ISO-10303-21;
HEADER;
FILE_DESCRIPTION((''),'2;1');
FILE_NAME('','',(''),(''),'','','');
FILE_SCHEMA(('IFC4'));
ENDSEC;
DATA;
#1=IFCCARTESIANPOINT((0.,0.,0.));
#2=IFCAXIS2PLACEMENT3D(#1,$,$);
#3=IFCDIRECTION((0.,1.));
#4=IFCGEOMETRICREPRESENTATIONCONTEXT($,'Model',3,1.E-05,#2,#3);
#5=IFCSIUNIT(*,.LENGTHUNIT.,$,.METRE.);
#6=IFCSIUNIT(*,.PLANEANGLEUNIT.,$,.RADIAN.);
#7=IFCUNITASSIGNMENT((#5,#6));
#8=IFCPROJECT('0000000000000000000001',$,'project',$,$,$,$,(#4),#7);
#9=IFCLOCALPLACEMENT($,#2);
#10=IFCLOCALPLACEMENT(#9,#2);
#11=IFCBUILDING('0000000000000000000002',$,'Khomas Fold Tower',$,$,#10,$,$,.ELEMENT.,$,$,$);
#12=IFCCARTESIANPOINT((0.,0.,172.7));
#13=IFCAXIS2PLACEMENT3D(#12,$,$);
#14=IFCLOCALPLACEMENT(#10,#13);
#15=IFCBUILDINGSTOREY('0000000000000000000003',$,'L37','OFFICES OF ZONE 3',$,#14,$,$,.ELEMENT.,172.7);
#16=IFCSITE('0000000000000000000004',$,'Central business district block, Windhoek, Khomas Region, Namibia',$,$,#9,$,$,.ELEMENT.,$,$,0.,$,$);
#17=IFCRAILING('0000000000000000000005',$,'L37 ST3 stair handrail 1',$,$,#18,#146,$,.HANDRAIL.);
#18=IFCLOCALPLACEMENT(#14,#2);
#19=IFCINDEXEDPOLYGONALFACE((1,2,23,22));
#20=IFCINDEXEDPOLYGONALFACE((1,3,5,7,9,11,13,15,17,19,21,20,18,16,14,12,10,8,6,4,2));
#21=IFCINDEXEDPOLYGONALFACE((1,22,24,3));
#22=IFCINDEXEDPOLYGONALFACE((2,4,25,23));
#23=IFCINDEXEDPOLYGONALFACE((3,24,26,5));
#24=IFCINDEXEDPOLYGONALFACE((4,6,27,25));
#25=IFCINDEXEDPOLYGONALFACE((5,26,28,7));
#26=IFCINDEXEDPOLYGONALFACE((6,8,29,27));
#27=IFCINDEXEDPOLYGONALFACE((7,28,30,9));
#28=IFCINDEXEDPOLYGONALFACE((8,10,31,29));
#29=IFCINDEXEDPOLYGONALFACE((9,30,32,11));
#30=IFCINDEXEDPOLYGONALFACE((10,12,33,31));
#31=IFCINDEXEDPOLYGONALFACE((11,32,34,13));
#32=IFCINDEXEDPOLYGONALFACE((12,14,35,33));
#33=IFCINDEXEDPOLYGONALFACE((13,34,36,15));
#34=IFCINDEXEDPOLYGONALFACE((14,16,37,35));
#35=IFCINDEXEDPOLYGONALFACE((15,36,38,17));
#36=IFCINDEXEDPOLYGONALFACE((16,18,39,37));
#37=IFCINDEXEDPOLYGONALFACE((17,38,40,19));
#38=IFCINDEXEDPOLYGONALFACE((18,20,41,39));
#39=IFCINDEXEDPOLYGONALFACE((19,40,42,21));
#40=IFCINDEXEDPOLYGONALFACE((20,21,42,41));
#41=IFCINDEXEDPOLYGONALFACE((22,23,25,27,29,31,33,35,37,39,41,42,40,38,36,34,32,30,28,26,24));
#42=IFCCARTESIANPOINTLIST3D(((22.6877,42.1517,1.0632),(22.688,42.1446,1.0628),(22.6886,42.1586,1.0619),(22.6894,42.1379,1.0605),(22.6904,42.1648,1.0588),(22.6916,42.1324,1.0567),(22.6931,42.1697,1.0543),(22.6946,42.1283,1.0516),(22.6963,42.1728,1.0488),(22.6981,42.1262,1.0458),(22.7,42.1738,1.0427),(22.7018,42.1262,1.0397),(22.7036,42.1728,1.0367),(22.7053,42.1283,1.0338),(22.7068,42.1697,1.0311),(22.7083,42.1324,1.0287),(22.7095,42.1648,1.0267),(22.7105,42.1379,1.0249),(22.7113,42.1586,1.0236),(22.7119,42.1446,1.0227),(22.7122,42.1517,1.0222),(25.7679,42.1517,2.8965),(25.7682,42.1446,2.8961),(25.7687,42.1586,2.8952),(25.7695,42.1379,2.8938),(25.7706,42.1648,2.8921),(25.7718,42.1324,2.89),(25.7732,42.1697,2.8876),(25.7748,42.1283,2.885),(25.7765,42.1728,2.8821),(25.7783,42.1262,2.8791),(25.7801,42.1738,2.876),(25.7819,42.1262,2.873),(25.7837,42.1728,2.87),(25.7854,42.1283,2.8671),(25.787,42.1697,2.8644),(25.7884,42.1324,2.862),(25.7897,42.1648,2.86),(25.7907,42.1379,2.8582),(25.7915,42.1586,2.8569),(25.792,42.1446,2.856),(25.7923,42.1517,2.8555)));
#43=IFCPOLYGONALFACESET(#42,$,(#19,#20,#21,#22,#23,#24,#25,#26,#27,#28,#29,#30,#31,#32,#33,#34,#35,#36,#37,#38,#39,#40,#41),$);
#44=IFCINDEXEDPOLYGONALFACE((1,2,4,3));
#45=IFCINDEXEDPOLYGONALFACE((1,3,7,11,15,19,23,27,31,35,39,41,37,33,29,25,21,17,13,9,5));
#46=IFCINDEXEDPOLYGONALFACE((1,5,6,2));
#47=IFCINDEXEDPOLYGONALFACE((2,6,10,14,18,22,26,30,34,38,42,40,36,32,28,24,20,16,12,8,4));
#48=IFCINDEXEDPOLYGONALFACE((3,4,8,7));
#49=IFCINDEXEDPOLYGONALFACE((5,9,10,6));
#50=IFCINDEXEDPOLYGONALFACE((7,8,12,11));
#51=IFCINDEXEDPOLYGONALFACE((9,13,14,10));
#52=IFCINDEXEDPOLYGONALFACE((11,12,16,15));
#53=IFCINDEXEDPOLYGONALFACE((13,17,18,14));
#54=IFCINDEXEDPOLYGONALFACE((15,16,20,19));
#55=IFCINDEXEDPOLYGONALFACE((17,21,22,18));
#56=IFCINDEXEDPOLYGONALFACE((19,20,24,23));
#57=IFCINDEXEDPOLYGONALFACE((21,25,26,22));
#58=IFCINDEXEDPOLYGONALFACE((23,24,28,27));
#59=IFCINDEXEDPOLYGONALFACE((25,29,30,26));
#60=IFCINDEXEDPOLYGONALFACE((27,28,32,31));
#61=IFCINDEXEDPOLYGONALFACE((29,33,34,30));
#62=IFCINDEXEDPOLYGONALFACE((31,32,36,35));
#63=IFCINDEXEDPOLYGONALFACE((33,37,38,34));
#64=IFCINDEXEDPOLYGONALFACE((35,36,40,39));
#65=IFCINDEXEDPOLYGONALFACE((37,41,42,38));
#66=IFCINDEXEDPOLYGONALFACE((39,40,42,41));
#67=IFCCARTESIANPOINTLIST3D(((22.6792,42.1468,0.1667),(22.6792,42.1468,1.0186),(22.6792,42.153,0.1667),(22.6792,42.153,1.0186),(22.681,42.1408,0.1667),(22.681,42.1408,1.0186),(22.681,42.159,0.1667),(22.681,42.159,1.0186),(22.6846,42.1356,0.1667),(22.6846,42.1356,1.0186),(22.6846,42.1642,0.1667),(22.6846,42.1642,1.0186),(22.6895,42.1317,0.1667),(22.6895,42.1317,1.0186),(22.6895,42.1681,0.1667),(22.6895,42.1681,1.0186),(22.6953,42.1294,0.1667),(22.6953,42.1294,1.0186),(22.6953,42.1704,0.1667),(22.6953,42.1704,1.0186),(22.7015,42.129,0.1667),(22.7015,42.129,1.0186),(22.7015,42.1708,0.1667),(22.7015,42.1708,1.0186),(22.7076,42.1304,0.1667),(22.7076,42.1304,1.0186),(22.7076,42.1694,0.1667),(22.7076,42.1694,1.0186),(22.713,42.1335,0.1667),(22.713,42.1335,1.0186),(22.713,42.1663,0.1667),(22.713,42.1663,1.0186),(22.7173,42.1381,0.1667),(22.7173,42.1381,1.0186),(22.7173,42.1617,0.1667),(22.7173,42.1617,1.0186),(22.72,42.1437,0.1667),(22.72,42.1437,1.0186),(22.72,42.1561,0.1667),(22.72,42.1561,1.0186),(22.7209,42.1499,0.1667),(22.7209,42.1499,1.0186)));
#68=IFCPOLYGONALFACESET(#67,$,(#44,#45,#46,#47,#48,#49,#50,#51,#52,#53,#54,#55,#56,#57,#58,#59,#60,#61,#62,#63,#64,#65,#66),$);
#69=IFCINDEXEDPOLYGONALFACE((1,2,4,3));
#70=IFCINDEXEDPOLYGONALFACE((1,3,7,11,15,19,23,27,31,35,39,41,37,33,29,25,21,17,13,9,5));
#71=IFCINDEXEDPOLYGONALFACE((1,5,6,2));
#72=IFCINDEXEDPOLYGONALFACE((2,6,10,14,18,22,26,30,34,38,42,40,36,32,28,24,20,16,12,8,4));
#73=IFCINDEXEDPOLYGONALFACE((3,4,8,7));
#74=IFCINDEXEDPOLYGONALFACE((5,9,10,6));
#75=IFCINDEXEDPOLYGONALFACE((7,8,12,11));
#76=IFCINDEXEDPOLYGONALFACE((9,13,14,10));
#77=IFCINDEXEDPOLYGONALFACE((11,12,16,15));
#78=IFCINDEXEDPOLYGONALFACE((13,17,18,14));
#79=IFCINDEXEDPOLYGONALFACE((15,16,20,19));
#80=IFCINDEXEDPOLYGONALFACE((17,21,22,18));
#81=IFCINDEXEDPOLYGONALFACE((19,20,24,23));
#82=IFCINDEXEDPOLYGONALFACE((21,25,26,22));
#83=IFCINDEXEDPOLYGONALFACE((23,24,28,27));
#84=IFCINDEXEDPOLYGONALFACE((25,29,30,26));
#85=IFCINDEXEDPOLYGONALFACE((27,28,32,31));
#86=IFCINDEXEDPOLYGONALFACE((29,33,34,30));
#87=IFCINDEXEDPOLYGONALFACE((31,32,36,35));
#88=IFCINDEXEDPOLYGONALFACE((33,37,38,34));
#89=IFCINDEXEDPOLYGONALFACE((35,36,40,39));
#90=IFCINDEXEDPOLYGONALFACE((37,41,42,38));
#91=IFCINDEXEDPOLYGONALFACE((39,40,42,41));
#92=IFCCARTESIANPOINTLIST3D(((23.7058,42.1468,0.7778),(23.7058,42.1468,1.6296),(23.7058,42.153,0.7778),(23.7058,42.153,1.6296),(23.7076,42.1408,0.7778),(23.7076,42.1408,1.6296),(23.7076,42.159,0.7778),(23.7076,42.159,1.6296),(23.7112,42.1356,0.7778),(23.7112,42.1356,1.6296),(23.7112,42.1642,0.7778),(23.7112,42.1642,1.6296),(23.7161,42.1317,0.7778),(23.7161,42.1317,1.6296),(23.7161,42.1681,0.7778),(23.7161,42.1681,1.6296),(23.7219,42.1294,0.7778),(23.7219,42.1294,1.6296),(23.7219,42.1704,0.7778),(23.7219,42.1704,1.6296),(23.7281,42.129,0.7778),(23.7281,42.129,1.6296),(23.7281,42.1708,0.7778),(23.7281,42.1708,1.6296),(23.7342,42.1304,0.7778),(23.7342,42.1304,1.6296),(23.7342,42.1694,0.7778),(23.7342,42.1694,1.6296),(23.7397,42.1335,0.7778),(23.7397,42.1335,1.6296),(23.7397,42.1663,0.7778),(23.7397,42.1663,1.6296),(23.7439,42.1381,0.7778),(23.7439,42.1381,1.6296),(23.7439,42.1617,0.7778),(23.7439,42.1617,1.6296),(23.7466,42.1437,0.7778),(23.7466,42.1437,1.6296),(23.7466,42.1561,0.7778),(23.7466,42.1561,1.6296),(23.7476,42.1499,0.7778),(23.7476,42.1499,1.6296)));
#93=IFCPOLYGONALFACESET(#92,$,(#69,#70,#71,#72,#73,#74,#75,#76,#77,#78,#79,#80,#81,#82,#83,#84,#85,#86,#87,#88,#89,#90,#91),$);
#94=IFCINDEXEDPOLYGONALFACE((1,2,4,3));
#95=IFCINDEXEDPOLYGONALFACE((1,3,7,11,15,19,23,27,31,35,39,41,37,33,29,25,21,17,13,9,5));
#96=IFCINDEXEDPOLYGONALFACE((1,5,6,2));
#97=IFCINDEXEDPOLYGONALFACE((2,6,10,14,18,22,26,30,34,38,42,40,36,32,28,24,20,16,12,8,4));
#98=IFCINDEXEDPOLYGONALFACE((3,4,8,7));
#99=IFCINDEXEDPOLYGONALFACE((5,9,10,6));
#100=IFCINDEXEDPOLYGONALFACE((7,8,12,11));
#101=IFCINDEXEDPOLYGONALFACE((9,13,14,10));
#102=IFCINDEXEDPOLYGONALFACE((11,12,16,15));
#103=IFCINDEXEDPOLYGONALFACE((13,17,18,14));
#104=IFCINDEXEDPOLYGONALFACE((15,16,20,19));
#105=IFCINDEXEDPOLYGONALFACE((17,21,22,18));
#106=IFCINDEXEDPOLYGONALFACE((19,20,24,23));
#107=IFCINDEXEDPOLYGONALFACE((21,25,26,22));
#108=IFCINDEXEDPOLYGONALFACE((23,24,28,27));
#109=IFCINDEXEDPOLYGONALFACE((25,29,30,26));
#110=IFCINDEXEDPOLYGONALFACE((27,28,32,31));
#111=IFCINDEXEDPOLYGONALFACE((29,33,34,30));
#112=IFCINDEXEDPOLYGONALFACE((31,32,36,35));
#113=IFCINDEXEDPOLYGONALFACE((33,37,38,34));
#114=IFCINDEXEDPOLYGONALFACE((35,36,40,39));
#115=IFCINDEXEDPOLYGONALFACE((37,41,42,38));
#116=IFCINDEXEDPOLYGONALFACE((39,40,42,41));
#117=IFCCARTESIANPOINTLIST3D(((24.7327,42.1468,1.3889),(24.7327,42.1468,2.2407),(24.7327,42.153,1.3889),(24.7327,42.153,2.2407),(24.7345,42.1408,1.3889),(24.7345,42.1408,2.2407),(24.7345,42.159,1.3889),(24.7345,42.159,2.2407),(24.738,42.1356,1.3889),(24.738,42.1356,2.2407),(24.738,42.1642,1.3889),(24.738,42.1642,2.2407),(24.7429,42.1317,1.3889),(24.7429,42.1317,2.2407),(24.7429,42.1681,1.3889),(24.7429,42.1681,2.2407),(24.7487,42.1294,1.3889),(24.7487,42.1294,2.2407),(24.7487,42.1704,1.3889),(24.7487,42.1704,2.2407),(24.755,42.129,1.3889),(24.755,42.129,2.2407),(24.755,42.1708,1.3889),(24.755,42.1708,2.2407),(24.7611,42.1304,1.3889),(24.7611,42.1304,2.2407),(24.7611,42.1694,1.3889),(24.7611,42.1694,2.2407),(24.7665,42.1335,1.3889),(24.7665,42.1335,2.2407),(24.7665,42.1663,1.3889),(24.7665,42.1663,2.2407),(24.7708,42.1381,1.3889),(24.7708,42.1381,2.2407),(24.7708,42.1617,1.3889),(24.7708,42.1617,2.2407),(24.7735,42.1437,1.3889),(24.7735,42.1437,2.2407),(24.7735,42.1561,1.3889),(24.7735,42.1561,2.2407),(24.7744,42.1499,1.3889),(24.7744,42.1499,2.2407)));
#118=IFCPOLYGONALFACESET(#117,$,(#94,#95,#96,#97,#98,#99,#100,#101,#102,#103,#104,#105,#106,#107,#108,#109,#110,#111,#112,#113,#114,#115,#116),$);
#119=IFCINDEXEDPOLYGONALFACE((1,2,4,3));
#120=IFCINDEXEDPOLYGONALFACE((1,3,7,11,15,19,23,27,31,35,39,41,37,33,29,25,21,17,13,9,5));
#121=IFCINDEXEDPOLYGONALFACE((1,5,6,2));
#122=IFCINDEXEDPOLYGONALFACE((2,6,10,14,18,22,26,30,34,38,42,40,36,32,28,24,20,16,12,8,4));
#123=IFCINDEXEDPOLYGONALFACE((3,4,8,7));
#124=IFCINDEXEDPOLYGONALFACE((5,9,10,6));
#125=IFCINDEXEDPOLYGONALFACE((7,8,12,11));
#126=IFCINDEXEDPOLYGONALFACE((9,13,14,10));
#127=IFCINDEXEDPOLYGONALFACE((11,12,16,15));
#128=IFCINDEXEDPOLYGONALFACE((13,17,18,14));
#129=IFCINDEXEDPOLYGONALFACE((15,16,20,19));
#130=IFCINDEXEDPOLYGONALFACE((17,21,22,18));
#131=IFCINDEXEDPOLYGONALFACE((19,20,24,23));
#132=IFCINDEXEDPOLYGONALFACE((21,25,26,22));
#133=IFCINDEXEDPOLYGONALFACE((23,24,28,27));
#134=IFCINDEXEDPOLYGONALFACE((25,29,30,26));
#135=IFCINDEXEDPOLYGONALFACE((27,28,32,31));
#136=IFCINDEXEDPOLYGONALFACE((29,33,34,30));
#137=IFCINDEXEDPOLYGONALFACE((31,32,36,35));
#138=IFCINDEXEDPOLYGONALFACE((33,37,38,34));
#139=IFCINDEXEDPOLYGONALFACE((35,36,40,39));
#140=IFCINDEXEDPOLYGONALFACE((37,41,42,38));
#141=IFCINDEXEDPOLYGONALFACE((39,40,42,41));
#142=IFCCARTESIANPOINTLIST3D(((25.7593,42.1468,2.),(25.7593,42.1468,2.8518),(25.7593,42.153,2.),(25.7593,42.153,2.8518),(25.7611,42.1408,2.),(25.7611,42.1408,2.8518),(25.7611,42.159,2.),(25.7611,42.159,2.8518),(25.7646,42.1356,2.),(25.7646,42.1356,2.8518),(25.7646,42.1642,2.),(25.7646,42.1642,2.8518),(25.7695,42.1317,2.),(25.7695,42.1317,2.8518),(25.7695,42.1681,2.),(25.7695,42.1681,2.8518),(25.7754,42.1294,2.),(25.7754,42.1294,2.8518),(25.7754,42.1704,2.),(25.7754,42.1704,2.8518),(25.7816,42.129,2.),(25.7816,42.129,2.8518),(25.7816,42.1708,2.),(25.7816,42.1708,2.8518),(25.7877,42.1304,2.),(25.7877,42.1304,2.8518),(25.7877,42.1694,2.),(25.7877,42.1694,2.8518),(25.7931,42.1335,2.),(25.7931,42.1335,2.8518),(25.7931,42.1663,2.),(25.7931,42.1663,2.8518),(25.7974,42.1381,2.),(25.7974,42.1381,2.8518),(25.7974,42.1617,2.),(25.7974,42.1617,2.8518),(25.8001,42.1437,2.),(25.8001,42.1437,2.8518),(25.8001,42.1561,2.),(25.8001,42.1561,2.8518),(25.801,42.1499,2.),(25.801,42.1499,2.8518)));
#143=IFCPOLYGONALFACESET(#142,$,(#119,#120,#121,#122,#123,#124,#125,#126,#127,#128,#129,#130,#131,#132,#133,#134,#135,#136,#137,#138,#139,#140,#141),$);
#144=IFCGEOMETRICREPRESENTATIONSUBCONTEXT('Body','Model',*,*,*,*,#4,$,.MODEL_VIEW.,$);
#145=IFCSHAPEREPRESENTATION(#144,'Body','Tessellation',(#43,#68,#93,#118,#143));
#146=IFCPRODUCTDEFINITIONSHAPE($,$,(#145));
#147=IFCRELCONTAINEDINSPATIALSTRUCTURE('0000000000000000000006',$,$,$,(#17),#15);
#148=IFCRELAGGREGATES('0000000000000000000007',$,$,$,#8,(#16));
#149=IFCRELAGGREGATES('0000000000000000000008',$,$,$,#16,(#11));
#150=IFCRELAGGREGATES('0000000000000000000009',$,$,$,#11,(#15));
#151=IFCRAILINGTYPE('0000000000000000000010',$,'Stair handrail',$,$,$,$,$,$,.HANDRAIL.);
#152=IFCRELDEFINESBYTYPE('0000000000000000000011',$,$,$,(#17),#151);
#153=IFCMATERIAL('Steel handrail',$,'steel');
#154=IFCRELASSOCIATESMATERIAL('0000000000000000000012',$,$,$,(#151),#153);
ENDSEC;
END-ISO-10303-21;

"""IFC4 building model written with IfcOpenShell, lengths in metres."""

from ifc_helpers import new_model, si_unit, direction, frame, origin, origin_2d, place, context, subcontext, project, spatial, circle, extrude, source, transform, mapped, material, type_object, element, save


model = new_model("IFC4")

# Units and contexts
model_context = context("Model", 3, precision=1e-05, world=origin(), true_north=direction((0.0, 1.0)))
body_context = subcontext(model_context, "Body", "Model", "MODEL_VIEW")
ifc_project = project(units=[si_unit("LENGTHUNIT", "METRE"), si_unit("PLANEANGLEUNIT", "RADIAN")], contexts=[model_context])

# Site, building, storey
site_placement = place(None, origin())
site = spatial("IfcSite", under=ifc_project, at=site_placement, Name="Central business district block, Windhoek, Khomas Region, Namibia", CompositionType="ELEMENT", RefElevation=0.0)
building_placement = place(site_placement, origin())
building = spatial("IfcBuilding", under=site, at=building_placement, Name="Khomas Fold Tower", CompositionType="ELEMENT")
storey_placement = place(building_placement, frame((0.0, 0.0, 172.7)))
storey = spatial("IfcBuildingStorey", under=building, at=storey_placement, Name="L37", Description="OFFICES OF ZONE 3", CompositionType="ELEMENT", Elevation=172.7)

# Railing
ifc_material_1 = material(Name="Steel handrail", Category="steel")
railing_type = type_object("IfcRailingType", Name="Stair handrail", PredefinedType="HANDRAIL", material=ifc_material_1)
shared_shape_1 = source(origin(), body_context, "Body", "SweptSolid", [
    extrude(circle(Radius=0.0239, at=origin_2d()), frame((0.0, 0.0, 0.876), z_axis=(0.859309, 0.0, 0.511458), x_axis=(0.0, 1.0, 0.0)), (0.0, 0.0, 1.0), 3.5845),
    extrude(circle(Radius=0.021, at=origin_2d()), origin(), (0.0, 0.0, 1.0), 0.8518),
    extrude(circle(Radius=0.021, at=origin_2d()), frame((1.0266, 0.0, 0.6111)), (0.0, 0.0, 1.0), 0.8518),
    extrude(circle(Radius=0.021, at=origin_2d()), frame((2.0535, 0.0, 1.2222)), (0.0, 0.0, 1.0), 0.8518),
    extrude(circle(Radius=0.021, at=origin_2d()), frame((3.0801, 0.0, 1.8333)), (0.0, 0.0, 1.0), 0.8518),
])
railing_1_placement = place(storey_placement, frame((22.7, 42.1499, 0.1667)))
element("IfcRailing", 1, at=railing_1_placement, inside=storey, type_object=railing_type, Name="L37 ST3 stair handrail 1", PredefinedType="HANDRAIL", context=body_context, shape_type="MappedRepresentation", body=[
    mapped(shared_shape_1, transform((0.0, 0.0, 0.0))),
])

save(model, "model.ifc")
